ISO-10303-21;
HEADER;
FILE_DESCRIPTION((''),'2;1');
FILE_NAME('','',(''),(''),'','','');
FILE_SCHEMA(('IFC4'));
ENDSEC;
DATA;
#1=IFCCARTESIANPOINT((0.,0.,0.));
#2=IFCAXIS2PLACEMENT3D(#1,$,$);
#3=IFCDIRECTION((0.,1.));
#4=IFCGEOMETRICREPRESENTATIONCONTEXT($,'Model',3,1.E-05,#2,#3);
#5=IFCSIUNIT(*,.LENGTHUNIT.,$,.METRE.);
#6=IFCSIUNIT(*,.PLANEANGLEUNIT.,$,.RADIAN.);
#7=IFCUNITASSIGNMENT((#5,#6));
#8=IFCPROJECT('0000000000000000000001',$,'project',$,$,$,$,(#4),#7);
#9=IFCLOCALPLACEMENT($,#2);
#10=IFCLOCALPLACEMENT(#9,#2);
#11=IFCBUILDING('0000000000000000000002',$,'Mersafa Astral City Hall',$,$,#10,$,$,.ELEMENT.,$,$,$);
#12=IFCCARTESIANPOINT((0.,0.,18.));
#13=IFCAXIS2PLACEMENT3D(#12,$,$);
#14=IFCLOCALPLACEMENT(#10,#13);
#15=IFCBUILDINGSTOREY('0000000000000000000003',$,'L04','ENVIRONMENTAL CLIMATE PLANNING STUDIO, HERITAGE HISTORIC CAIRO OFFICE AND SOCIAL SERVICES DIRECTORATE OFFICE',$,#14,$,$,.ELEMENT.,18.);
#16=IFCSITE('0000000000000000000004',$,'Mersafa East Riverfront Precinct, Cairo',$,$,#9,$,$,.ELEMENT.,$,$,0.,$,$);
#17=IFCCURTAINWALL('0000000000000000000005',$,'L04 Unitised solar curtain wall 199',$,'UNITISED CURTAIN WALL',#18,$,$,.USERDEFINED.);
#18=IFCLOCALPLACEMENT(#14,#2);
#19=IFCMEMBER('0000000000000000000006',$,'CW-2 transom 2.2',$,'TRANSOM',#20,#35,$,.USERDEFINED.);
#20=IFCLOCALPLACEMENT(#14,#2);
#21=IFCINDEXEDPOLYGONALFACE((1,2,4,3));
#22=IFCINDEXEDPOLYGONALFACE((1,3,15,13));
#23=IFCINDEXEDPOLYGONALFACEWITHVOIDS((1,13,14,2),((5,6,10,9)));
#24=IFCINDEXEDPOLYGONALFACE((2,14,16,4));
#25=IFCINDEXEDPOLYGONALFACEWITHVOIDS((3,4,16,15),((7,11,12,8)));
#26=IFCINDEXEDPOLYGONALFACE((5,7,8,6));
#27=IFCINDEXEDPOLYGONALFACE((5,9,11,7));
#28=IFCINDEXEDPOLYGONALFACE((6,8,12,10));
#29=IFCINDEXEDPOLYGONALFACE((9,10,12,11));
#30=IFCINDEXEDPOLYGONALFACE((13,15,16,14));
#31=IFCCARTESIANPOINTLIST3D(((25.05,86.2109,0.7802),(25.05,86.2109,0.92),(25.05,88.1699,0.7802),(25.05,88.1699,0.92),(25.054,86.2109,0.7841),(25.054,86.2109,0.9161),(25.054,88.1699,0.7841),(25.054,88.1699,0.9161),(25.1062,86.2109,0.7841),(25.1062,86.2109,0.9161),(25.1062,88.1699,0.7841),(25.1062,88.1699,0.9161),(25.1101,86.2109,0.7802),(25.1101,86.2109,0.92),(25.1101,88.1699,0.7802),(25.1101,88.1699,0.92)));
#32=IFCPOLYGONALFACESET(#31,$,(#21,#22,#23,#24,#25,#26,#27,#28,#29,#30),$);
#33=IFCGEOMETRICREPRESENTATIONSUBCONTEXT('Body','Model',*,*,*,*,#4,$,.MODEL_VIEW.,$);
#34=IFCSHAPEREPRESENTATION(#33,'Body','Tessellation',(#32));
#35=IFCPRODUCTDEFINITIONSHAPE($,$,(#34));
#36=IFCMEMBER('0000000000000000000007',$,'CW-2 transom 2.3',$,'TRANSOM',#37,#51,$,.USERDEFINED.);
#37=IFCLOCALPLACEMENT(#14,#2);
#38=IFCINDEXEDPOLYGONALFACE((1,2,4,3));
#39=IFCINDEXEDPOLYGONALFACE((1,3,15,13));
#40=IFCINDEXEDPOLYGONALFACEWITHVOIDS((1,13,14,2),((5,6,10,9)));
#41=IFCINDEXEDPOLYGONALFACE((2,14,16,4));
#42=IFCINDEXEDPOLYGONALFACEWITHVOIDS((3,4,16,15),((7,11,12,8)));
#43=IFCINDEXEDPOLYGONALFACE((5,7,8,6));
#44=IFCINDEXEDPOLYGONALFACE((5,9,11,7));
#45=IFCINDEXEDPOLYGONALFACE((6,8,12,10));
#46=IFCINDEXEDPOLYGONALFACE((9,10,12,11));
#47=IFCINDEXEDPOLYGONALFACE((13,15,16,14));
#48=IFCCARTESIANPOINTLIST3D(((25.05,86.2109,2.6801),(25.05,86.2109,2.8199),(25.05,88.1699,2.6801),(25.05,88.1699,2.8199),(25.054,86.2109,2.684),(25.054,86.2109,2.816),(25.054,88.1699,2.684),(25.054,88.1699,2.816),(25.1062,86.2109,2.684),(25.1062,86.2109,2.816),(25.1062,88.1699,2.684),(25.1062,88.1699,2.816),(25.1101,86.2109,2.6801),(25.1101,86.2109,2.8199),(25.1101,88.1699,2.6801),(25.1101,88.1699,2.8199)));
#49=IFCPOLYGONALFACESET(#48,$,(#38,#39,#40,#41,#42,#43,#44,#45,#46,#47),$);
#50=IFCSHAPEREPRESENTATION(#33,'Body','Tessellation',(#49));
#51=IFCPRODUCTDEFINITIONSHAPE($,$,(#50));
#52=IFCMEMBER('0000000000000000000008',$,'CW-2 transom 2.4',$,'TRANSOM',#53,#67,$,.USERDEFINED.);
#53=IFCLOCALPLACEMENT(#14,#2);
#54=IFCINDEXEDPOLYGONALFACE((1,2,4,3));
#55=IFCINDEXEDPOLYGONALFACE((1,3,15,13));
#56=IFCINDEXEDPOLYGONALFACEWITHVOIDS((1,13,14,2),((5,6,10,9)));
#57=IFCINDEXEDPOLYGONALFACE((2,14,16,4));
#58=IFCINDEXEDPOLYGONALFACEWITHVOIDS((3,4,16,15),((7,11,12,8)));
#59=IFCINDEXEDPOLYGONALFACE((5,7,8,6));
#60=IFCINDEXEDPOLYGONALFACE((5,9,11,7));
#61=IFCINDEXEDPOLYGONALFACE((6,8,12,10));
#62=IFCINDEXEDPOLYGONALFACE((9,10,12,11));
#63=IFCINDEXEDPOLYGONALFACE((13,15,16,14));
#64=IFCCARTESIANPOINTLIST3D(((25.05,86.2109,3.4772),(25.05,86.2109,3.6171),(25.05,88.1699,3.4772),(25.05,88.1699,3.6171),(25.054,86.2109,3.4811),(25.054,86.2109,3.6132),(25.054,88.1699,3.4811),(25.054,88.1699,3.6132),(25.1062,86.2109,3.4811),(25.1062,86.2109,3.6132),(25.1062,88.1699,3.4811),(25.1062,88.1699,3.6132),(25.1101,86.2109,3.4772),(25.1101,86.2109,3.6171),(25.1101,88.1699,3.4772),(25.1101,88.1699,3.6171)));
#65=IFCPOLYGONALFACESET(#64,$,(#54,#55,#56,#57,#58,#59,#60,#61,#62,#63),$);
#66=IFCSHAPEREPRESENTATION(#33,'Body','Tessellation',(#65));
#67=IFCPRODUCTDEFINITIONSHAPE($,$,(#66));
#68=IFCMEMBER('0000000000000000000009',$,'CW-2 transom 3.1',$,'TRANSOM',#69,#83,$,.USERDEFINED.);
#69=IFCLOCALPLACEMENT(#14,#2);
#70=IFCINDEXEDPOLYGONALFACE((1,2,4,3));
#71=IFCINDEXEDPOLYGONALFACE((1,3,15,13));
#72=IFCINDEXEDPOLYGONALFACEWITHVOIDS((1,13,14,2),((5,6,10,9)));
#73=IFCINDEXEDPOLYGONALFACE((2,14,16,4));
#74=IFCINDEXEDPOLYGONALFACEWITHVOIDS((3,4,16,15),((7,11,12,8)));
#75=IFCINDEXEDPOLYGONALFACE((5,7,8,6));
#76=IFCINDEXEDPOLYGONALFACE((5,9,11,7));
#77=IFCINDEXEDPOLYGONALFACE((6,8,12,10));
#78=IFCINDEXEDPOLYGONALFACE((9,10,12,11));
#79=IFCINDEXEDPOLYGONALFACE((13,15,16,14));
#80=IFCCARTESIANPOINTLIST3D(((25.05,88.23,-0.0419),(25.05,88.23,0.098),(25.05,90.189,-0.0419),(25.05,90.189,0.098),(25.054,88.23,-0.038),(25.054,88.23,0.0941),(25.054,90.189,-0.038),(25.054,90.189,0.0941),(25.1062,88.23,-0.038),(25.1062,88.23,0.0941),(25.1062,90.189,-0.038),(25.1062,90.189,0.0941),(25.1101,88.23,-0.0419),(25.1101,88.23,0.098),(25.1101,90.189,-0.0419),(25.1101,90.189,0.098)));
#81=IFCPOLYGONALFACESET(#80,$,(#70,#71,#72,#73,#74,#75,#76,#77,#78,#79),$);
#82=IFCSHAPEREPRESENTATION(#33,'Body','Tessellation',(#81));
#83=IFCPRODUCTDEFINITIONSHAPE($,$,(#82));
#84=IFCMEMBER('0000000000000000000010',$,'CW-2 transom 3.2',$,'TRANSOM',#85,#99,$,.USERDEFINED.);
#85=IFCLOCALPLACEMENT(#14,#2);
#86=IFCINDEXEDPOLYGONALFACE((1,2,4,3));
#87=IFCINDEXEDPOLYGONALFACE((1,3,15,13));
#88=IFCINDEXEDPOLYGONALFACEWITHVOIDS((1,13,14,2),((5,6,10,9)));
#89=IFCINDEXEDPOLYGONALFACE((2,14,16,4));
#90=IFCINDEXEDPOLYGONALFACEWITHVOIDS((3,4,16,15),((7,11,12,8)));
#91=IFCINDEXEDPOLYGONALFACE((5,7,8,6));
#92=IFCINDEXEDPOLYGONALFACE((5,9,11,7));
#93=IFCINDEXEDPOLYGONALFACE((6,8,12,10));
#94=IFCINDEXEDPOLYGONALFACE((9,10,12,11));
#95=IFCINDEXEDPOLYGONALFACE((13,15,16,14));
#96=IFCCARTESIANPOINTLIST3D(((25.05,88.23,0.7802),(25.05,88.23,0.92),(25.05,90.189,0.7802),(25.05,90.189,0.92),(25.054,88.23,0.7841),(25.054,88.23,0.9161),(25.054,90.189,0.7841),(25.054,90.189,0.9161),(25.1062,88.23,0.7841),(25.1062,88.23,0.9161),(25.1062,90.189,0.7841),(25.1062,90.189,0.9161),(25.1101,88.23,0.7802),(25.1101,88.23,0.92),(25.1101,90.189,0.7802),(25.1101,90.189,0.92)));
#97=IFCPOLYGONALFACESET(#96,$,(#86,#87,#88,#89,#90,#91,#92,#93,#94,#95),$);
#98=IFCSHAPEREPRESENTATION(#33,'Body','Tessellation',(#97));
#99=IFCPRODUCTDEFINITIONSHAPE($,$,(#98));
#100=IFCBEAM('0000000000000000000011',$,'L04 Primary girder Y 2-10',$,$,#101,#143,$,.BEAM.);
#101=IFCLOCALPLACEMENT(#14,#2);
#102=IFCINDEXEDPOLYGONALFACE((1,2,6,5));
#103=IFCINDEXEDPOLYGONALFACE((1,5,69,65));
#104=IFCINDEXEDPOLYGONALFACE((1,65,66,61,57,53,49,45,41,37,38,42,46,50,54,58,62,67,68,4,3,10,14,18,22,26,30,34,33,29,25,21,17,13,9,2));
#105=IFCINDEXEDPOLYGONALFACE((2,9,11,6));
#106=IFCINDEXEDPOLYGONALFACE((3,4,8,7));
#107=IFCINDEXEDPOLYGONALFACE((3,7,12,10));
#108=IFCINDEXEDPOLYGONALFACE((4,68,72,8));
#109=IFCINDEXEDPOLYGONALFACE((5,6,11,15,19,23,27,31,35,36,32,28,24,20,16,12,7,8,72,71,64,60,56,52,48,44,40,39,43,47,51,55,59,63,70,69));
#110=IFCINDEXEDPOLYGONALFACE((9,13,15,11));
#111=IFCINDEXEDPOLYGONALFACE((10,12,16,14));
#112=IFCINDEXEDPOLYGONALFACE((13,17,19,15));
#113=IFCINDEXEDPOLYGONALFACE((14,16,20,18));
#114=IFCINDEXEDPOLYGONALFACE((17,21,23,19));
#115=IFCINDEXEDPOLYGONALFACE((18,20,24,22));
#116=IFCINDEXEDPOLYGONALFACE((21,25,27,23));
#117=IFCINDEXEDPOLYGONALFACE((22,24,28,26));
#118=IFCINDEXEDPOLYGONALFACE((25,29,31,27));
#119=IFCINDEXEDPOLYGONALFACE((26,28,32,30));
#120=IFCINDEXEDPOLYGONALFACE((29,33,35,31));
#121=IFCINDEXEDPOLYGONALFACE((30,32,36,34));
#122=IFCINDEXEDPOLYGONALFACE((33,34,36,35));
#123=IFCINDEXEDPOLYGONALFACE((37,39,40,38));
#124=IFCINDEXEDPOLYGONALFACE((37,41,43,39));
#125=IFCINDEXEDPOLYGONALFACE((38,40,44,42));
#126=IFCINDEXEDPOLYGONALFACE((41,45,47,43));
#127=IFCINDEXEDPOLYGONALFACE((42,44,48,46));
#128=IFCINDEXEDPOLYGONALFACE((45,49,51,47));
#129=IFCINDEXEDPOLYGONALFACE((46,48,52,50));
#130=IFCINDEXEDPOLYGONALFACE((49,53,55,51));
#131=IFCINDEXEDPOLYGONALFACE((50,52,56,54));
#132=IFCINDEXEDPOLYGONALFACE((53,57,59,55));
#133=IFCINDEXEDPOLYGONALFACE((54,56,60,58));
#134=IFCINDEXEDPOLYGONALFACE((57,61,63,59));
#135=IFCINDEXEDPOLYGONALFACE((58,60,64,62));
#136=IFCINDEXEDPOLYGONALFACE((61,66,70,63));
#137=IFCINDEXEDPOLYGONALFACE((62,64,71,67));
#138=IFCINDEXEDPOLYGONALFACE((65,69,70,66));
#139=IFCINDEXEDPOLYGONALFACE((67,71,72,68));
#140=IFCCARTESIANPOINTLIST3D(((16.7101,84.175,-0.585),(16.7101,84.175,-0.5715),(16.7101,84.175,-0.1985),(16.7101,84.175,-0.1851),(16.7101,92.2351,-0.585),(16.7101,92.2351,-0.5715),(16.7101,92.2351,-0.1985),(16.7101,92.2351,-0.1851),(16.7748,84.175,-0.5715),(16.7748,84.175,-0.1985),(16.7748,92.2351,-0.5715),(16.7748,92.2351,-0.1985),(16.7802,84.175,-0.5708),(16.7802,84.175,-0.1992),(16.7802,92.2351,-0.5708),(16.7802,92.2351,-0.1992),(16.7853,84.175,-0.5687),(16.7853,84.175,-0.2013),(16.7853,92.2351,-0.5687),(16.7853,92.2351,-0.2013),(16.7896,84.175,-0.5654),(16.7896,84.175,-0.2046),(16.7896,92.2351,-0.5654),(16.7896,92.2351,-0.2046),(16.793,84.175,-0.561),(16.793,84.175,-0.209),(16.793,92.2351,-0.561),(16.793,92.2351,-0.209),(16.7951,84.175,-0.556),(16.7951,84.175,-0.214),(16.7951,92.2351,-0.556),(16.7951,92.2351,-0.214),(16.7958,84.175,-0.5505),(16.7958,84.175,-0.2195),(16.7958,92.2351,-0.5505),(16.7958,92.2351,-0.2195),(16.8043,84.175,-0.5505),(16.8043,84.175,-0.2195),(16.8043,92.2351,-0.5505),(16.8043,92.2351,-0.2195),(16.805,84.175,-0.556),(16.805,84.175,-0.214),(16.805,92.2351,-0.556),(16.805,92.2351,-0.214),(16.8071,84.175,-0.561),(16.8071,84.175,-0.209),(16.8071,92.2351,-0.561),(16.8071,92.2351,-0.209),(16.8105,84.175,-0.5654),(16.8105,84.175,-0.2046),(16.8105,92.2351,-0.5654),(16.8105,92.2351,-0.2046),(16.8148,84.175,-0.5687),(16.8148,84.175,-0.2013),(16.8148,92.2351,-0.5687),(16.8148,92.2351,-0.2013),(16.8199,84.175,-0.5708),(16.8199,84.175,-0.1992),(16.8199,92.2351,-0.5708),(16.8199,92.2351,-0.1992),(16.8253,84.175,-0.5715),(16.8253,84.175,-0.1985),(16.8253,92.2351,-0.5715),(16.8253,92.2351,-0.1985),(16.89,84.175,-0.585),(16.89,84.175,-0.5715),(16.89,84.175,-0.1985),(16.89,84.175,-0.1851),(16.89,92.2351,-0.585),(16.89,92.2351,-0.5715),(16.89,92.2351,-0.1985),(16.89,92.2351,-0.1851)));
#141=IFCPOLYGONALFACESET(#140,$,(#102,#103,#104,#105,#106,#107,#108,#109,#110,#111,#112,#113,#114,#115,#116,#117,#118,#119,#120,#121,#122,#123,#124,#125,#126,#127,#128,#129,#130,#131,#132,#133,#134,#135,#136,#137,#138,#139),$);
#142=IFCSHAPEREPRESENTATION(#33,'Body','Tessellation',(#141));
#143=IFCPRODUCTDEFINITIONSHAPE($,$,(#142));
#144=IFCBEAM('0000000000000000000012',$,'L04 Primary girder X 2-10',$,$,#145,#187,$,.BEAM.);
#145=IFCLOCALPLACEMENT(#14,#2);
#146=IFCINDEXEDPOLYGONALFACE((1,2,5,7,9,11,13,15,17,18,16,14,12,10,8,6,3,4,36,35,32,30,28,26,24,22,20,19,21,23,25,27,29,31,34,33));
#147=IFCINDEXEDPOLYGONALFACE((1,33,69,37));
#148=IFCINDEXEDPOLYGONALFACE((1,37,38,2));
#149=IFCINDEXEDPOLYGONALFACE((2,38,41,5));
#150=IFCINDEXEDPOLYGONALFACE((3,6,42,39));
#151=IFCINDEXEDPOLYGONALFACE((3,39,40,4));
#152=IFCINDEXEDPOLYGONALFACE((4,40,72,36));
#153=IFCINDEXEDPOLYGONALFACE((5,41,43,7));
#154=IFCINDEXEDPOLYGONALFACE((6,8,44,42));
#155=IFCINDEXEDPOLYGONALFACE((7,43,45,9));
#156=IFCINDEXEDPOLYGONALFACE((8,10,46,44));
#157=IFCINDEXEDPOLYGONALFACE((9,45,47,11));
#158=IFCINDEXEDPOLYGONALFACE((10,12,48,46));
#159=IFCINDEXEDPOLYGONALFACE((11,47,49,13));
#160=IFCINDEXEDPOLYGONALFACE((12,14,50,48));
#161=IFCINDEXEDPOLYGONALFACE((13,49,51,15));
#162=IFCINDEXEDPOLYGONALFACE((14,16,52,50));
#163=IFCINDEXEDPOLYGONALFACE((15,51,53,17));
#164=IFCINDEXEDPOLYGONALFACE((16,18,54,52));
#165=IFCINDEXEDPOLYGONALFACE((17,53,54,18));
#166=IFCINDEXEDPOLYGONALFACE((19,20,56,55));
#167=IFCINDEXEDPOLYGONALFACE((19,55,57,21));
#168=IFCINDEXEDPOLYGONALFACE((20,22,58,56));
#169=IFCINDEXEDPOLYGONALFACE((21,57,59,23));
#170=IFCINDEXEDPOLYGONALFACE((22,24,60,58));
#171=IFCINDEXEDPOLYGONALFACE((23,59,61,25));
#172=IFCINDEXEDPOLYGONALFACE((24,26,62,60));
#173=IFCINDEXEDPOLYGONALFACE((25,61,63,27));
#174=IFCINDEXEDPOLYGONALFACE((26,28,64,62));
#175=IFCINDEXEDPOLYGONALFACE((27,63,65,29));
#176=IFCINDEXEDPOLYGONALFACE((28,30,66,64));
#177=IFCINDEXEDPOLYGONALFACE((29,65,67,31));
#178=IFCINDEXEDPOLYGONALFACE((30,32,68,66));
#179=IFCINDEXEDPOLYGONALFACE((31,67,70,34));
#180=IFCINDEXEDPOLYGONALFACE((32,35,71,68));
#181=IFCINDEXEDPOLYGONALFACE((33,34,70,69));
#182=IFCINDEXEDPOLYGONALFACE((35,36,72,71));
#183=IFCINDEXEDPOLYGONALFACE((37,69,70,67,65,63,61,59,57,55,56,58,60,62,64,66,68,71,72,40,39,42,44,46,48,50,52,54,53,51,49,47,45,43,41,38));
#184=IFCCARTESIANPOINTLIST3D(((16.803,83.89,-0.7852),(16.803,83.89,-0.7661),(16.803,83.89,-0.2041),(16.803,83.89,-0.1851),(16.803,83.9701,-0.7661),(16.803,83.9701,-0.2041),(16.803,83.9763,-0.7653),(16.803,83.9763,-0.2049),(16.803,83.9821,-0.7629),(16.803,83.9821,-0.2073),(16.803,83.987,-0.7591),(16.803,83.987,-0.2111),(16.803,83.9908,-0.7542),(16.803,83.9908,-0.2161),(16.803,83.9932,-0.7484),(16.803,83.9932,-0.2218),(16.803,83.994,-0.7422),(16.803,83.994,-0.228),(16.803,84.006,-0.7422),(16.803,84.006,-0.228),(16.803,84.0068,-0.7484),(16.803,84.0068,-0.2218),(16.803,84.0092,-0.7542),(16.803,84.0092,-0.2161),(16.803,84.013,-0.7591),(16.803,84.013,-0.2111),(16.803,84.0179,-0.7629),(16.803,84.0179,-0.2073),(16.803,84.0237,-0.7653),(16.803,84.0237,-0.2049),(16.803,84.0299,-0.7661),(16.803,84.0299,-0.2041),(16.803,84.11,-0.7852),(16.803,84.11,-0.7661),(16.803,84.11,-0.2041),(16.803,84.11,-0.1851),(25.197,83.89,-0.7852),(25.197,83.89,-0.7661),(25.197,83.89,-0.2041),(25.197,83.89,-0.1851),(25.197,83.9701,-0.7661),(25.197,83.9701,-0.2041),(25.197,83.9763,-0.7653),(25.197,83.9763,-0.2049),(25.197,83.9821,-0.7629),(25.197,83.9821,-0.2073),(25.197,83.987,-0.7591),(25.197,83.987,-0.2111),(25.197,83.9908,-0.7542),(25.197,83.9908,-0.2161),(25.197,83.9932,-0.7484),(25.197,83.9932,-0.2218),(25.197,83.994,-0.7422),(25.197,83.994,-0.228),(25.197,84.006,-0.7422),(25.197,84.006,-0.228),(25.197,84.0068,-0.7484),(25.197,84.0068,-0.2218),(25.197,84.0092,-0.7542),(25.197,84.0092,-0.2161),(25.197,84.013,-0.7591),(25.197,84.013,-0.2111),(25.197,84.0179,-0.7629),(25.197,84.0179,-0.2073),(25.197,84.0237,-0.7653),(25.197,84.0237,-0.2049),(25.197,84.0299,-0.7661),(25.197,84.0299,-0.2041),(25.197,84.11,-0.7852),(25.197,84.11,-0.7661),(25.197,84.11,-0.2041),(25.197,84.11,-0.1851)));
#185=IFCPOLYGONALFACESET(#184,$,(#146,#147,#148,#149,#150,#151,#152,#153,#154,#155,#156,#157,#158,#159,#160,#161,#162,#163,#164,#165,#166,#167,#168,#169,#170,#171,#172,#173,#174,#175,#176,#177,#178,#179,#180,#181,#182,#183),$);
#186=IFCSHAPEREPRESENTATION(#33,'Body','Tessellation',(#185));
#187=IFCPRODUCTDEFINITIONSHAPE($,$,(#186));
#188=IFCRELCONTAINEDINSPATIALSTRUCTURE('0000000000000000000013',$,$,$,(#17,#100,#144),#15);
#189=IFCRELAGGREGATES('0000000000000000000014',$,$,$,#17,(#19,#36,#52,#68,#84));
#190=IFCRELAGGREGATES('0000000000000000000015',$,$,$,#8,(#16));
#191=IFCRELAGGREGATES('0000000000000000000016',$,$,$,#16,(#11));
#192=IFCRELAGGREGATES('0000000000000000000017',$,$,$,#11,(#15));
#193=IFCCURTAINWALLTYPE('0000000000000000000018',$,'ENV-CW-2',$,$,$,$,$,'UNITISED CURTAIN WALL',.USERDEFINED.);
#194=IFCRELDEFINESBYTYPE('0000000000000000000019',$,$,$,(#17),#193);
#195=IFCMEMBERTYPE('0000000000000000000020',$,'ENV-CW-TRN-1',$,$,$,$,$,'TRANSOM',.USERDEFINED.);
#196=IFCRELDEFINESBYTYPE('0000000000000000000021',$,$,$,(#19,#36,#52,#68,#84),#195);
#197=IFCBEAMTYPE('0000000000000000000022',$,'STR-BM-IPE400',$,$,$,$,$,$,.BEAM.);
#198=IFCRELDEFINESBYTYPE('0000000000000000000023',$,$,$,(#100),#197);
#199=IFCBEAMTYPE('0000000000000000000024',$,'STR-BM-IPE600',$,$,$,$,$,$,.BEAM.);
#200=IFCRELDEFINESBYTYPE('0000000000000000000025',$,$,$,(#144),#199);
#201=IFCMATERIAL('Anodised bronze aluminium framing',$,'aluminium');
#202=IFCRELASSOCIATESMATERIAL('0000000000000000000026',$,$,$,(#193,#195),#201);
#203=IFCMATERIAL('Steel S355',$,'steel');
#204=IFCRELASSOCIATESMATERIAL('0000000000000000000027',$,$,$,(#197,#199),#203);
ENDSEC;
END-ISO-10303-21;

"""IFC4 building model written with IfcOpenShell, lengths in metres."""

from ifc_helpers import new_model, si_unit, direction, frame, origin, origin_2d, place, context, subcontext, project, spatial, hollow_rectangle, i_section, extrude, material, material_profile, profile_set, type_object, element, aggregate, save


model = new_model("IFC4")

# Units and contexts
model_context = context("Model", 3, precision=1e-05, world=origin(), true_north=direction((0.0, 1.0)))
body_context = subcontext(model_context, "Body", "Model", "MODEL_VIEW")
ifc_project = project(units=[si_unit("LENGTHUNIT", "METRE"), si_unit("PLANEANGLEUNIT", "RADIAN")], contexts=[model_context])

# Site, building, storey
site_placement = place(None, origin())
site = spatial("IfcSite", under=ifc_project, at=site_placement, Name="Mersafa East Riverfront Precinct, Cairo", CompositionType="ELEMENT", RefElevation=0.0)
building_placement = place(site_placement, origin())
building = spatial("IfcBuilding", under=site, at=building_placement, Name="Mersafa Astral City Hall", CompositionType="ELEMENT")
storey_placement = place(building_placement, frame((0.0, 0.0, 18.0)))
storey = spatial("IfcBuildingStorey", under=building, at=storey_placement, Name="L04", Description="ENVIRONMENTAL CLIMATE PLANNING STUDIO, HERITAGE HISTORIC CAIRO OFFICE AND SOCIAL SERVICES DIRECTORATE OFFICE", CompositionType="ELEMENT", Elevation=18.0)

# Shared definitions
ifc_material_1 = material(Name="Steel S355", Category="steel")

# Curtain wall, members
ifc_material_2 = material(Name="Anodised bronze aluminium framing", Category="aluminium")
curtain_wall_type = type_object("IfcCurtainWallType", Name="ENV-CW-2", ElementType="UNITISED CURTAIN WALL", PredefinedType="USERDEFINED", material=ifc_material_2)
curtain_wall_placement = place(storey_placement, origin())
curtain_wall = element("IfcCurtainWall", 1, at=curtain_wall_placement, inside=storey, type_object=curtain_wall_type, Name="L04 Unitised solar curtain wall 199", ObjectType="UNITISED CURTAIN WALL", PredefinedType="USERDEFINED")
ifc_material_profile_1 = material_profile(ifc_material_2, hollow_rectangle(XDim=0.0601, YDim=0.1399, WallThickness=0.0039, at=origin_2d()), Name="RHS 60x140x4")
ifc_profile_set_1 = profile_set([ifc_material_profile_1], Name="Anodised bronze aluminium framing")
member_type_1 = type_object("IfcMemberType", Name="ENV-CW-TRN-1", ElementType="TRANSOM", PredefinedType="USERDEFINED", material=ifc_profile_set_1)
member_1_placement = place(storey_placement, frame((25.0801, 86.2109, 0.8501), z_axis=(0.0, 1.0, 0.0), x_axis=(-1.0, 0.0, 0.0)))
member_1 = element("IfcMember", 2, at=member_1_placement, type_object=member_type_1, Name="CW-2 transom 2.2", ObjectType="TRANSOM", PredefinedType="USERDEFINED", context=body_context, shape_type="SweptSolid", body=[
    extrude(hollow_rectangle(XDim=0.0601, YDim=0.1399, WallThickness=0.0039, at=origin_2d()), origin(), (0.0, 0.0, 1.0), 1.959),
])
member_2_placement = place(storey_placement, frame((25.0801, 86.2109, 2.75), z_axis=(0.0, 1.0, 0.0), x_axis=(-1.0, 0.0, 0.0)))
member_2 = element("IfcMember", 3, at=member_2_placement, type_object=member_type_1, Name="CW-2 transom 2.3", ObjectType="TRANSOM", PredefinedType="USERDEFINED", context=body_context, shape_type="SweptSolid", body=[
    extrude(hollow_rectangle(XDim=0.0601, YDim=0.1399, WallThickness=0.0039, at=origin_2d()), origin(), (0.0, 0.0, 1.0), 1.959),
])
member_3_placement = place(storey_placement, frame((25.0801, 86.2109, 3.5471), z_axis=(0.0, 1.0, 0.0), x_axis=(-1.0, 0.0, 0.0)))
member_3 = element("IfcMember", 4, at=member_3_placement, type_object=member_type_1, Name="CW-2 transom 2.4", ObjectType="TRANSOM", PredefinedType="USERDEFINED", context=body_context, shape_type="SweptSolid", body=[
    extrude(hollow_rectangle(XDim=0.0601, YDim=0.1399, WallThickness=0.0039, at=origin_2d()), origin(), (0.0, 0.0, 1.0), 1.959),
])
member_4_placement = place(storey_placement, frame((25.0801, 88.23, 0.0281), z_axis=(0.0, 1.0, 0.0), x_axis=(-1.0, 0.0, 0.0)))
member_4 = element("IfcMember", 5, at=member_4_placement, type_object=member_type_1, Name="CW-2 transom 3.1", ObjectType="TRANSOM", PredefinedType="USERDEFINED", context=body_context, shape_type="SweptSolid", body=[
    extrude(hollow_rectangle(XDim=0.0601, YDim=0.1399, WallThickness=0.0039, at=origin_2d()), origin(), (0.0, 0.0, 1.0), 1.959),
])
member_5_placement = place(storey_placement, frame((25.0801, 88.23, 0.8501), z_axis=(0.0, 1.0, 0.0), x_axis=(-1.0, 0.0, 0.0)))
member_5 = element("IfcMember", 6, at=member_5_placement, type_object=member_type_1, Name="CW-2 transom 3.2", ObjectType="TRANSOM", PredefinedType="USERDEFINED", context=body_context, shape_type="SweptSolid", body=[
    extrude(hollow_rectangle(XDim=0.0601, YDim=0.1399, WallThickness=0.0039, at=origin_2d()), origin(), (0.0, 0.0, 1.0), 1.959),
])

# Beams
ifc_material_profile_2 = material_profile(ifc_material_1, i_section(OverallWidth=0.1799, OverallDepth=0.3999, WebThickness=0.0085, FlangeThickness=0.0134, FilletRadius=0.021, at=origin_2d()), Name="IPE 400")
ifc_profile_set_2 = profile_set([ifc_material_profile_2], Name="Steel S355")
beam_type_1 = type_object("IfcBeamType", Name="STR-BM-IPE400", PredefinedType="BEAM", material=ifc_profile_set_2)
beam_1_placement = place(storey_placement, frame((16.8, 84.175, -0.385), z_axis=(0.0, 1.0, 0.0), x_axis=(-1.0, 0.0, 0.0)))
element("IfcBeam", 7, at=beam_1_placement, inside=storey, type_object=beam_type_1, Name="L04 Primary girder Y 2-10", PredefinedType="BEAM", context=body_context, shape_type="SweptSolid", body=[
    extrude(i_section(OverallWidth=0.1799, OverallDepth=0.3999, WebThickness=0.0085, FlangeThickness=0.0134, FilletRadius=0.021, at=origin_2d()), origin(), (0.0, 0.0, 1.0), 8.0601),
])
ifc_material_profile_3 = material_profile(ifc_material_1, i_section(OverallWidth=0.22, OverallDepth=0.6001, WebThickness=0.012, FlangeThickness=0.019, FilletRadius=0.0239, at=origin_2d()), Name="IPE 600")
ifc_profile_set_3 = profile_set([ifc_material_profile_3], Name="Steel S355")
beam_type_2 = type_object("IfcBeamType", Name="STR-BM-IPE600", PredefinedType="BEAM", material=ifc_profile_set_3)
beam_2_placement = place(storey_placement, frame((16.803, 84.0, -0.4851), z_axis=(1.0, 0.0, 0.0), x_axis=(0.0, 1.0, 0.0)))
element("IfcBeam", 8, at=beam_2_placement, inside=storey, type_object=beam_type_2, Name="L04 Primary girder X 2-10", PredefinedType="BEAM", context=body_context, shape_type="SweptSolid", body=[
    extrude(i_section(OverallWidth=0.22, OverallDepth=0.6001, WebThickness=0.012, FlangeThickness=0.019, FilletRadius=0.0239, at=origin_2d()), origin(), (0.0, 0.0, 1.0), 8.394),
])

aggregate(curtain_wall, [member_1, member_2, member_3, member_4, member_5])

save(model, "model.ifc")
